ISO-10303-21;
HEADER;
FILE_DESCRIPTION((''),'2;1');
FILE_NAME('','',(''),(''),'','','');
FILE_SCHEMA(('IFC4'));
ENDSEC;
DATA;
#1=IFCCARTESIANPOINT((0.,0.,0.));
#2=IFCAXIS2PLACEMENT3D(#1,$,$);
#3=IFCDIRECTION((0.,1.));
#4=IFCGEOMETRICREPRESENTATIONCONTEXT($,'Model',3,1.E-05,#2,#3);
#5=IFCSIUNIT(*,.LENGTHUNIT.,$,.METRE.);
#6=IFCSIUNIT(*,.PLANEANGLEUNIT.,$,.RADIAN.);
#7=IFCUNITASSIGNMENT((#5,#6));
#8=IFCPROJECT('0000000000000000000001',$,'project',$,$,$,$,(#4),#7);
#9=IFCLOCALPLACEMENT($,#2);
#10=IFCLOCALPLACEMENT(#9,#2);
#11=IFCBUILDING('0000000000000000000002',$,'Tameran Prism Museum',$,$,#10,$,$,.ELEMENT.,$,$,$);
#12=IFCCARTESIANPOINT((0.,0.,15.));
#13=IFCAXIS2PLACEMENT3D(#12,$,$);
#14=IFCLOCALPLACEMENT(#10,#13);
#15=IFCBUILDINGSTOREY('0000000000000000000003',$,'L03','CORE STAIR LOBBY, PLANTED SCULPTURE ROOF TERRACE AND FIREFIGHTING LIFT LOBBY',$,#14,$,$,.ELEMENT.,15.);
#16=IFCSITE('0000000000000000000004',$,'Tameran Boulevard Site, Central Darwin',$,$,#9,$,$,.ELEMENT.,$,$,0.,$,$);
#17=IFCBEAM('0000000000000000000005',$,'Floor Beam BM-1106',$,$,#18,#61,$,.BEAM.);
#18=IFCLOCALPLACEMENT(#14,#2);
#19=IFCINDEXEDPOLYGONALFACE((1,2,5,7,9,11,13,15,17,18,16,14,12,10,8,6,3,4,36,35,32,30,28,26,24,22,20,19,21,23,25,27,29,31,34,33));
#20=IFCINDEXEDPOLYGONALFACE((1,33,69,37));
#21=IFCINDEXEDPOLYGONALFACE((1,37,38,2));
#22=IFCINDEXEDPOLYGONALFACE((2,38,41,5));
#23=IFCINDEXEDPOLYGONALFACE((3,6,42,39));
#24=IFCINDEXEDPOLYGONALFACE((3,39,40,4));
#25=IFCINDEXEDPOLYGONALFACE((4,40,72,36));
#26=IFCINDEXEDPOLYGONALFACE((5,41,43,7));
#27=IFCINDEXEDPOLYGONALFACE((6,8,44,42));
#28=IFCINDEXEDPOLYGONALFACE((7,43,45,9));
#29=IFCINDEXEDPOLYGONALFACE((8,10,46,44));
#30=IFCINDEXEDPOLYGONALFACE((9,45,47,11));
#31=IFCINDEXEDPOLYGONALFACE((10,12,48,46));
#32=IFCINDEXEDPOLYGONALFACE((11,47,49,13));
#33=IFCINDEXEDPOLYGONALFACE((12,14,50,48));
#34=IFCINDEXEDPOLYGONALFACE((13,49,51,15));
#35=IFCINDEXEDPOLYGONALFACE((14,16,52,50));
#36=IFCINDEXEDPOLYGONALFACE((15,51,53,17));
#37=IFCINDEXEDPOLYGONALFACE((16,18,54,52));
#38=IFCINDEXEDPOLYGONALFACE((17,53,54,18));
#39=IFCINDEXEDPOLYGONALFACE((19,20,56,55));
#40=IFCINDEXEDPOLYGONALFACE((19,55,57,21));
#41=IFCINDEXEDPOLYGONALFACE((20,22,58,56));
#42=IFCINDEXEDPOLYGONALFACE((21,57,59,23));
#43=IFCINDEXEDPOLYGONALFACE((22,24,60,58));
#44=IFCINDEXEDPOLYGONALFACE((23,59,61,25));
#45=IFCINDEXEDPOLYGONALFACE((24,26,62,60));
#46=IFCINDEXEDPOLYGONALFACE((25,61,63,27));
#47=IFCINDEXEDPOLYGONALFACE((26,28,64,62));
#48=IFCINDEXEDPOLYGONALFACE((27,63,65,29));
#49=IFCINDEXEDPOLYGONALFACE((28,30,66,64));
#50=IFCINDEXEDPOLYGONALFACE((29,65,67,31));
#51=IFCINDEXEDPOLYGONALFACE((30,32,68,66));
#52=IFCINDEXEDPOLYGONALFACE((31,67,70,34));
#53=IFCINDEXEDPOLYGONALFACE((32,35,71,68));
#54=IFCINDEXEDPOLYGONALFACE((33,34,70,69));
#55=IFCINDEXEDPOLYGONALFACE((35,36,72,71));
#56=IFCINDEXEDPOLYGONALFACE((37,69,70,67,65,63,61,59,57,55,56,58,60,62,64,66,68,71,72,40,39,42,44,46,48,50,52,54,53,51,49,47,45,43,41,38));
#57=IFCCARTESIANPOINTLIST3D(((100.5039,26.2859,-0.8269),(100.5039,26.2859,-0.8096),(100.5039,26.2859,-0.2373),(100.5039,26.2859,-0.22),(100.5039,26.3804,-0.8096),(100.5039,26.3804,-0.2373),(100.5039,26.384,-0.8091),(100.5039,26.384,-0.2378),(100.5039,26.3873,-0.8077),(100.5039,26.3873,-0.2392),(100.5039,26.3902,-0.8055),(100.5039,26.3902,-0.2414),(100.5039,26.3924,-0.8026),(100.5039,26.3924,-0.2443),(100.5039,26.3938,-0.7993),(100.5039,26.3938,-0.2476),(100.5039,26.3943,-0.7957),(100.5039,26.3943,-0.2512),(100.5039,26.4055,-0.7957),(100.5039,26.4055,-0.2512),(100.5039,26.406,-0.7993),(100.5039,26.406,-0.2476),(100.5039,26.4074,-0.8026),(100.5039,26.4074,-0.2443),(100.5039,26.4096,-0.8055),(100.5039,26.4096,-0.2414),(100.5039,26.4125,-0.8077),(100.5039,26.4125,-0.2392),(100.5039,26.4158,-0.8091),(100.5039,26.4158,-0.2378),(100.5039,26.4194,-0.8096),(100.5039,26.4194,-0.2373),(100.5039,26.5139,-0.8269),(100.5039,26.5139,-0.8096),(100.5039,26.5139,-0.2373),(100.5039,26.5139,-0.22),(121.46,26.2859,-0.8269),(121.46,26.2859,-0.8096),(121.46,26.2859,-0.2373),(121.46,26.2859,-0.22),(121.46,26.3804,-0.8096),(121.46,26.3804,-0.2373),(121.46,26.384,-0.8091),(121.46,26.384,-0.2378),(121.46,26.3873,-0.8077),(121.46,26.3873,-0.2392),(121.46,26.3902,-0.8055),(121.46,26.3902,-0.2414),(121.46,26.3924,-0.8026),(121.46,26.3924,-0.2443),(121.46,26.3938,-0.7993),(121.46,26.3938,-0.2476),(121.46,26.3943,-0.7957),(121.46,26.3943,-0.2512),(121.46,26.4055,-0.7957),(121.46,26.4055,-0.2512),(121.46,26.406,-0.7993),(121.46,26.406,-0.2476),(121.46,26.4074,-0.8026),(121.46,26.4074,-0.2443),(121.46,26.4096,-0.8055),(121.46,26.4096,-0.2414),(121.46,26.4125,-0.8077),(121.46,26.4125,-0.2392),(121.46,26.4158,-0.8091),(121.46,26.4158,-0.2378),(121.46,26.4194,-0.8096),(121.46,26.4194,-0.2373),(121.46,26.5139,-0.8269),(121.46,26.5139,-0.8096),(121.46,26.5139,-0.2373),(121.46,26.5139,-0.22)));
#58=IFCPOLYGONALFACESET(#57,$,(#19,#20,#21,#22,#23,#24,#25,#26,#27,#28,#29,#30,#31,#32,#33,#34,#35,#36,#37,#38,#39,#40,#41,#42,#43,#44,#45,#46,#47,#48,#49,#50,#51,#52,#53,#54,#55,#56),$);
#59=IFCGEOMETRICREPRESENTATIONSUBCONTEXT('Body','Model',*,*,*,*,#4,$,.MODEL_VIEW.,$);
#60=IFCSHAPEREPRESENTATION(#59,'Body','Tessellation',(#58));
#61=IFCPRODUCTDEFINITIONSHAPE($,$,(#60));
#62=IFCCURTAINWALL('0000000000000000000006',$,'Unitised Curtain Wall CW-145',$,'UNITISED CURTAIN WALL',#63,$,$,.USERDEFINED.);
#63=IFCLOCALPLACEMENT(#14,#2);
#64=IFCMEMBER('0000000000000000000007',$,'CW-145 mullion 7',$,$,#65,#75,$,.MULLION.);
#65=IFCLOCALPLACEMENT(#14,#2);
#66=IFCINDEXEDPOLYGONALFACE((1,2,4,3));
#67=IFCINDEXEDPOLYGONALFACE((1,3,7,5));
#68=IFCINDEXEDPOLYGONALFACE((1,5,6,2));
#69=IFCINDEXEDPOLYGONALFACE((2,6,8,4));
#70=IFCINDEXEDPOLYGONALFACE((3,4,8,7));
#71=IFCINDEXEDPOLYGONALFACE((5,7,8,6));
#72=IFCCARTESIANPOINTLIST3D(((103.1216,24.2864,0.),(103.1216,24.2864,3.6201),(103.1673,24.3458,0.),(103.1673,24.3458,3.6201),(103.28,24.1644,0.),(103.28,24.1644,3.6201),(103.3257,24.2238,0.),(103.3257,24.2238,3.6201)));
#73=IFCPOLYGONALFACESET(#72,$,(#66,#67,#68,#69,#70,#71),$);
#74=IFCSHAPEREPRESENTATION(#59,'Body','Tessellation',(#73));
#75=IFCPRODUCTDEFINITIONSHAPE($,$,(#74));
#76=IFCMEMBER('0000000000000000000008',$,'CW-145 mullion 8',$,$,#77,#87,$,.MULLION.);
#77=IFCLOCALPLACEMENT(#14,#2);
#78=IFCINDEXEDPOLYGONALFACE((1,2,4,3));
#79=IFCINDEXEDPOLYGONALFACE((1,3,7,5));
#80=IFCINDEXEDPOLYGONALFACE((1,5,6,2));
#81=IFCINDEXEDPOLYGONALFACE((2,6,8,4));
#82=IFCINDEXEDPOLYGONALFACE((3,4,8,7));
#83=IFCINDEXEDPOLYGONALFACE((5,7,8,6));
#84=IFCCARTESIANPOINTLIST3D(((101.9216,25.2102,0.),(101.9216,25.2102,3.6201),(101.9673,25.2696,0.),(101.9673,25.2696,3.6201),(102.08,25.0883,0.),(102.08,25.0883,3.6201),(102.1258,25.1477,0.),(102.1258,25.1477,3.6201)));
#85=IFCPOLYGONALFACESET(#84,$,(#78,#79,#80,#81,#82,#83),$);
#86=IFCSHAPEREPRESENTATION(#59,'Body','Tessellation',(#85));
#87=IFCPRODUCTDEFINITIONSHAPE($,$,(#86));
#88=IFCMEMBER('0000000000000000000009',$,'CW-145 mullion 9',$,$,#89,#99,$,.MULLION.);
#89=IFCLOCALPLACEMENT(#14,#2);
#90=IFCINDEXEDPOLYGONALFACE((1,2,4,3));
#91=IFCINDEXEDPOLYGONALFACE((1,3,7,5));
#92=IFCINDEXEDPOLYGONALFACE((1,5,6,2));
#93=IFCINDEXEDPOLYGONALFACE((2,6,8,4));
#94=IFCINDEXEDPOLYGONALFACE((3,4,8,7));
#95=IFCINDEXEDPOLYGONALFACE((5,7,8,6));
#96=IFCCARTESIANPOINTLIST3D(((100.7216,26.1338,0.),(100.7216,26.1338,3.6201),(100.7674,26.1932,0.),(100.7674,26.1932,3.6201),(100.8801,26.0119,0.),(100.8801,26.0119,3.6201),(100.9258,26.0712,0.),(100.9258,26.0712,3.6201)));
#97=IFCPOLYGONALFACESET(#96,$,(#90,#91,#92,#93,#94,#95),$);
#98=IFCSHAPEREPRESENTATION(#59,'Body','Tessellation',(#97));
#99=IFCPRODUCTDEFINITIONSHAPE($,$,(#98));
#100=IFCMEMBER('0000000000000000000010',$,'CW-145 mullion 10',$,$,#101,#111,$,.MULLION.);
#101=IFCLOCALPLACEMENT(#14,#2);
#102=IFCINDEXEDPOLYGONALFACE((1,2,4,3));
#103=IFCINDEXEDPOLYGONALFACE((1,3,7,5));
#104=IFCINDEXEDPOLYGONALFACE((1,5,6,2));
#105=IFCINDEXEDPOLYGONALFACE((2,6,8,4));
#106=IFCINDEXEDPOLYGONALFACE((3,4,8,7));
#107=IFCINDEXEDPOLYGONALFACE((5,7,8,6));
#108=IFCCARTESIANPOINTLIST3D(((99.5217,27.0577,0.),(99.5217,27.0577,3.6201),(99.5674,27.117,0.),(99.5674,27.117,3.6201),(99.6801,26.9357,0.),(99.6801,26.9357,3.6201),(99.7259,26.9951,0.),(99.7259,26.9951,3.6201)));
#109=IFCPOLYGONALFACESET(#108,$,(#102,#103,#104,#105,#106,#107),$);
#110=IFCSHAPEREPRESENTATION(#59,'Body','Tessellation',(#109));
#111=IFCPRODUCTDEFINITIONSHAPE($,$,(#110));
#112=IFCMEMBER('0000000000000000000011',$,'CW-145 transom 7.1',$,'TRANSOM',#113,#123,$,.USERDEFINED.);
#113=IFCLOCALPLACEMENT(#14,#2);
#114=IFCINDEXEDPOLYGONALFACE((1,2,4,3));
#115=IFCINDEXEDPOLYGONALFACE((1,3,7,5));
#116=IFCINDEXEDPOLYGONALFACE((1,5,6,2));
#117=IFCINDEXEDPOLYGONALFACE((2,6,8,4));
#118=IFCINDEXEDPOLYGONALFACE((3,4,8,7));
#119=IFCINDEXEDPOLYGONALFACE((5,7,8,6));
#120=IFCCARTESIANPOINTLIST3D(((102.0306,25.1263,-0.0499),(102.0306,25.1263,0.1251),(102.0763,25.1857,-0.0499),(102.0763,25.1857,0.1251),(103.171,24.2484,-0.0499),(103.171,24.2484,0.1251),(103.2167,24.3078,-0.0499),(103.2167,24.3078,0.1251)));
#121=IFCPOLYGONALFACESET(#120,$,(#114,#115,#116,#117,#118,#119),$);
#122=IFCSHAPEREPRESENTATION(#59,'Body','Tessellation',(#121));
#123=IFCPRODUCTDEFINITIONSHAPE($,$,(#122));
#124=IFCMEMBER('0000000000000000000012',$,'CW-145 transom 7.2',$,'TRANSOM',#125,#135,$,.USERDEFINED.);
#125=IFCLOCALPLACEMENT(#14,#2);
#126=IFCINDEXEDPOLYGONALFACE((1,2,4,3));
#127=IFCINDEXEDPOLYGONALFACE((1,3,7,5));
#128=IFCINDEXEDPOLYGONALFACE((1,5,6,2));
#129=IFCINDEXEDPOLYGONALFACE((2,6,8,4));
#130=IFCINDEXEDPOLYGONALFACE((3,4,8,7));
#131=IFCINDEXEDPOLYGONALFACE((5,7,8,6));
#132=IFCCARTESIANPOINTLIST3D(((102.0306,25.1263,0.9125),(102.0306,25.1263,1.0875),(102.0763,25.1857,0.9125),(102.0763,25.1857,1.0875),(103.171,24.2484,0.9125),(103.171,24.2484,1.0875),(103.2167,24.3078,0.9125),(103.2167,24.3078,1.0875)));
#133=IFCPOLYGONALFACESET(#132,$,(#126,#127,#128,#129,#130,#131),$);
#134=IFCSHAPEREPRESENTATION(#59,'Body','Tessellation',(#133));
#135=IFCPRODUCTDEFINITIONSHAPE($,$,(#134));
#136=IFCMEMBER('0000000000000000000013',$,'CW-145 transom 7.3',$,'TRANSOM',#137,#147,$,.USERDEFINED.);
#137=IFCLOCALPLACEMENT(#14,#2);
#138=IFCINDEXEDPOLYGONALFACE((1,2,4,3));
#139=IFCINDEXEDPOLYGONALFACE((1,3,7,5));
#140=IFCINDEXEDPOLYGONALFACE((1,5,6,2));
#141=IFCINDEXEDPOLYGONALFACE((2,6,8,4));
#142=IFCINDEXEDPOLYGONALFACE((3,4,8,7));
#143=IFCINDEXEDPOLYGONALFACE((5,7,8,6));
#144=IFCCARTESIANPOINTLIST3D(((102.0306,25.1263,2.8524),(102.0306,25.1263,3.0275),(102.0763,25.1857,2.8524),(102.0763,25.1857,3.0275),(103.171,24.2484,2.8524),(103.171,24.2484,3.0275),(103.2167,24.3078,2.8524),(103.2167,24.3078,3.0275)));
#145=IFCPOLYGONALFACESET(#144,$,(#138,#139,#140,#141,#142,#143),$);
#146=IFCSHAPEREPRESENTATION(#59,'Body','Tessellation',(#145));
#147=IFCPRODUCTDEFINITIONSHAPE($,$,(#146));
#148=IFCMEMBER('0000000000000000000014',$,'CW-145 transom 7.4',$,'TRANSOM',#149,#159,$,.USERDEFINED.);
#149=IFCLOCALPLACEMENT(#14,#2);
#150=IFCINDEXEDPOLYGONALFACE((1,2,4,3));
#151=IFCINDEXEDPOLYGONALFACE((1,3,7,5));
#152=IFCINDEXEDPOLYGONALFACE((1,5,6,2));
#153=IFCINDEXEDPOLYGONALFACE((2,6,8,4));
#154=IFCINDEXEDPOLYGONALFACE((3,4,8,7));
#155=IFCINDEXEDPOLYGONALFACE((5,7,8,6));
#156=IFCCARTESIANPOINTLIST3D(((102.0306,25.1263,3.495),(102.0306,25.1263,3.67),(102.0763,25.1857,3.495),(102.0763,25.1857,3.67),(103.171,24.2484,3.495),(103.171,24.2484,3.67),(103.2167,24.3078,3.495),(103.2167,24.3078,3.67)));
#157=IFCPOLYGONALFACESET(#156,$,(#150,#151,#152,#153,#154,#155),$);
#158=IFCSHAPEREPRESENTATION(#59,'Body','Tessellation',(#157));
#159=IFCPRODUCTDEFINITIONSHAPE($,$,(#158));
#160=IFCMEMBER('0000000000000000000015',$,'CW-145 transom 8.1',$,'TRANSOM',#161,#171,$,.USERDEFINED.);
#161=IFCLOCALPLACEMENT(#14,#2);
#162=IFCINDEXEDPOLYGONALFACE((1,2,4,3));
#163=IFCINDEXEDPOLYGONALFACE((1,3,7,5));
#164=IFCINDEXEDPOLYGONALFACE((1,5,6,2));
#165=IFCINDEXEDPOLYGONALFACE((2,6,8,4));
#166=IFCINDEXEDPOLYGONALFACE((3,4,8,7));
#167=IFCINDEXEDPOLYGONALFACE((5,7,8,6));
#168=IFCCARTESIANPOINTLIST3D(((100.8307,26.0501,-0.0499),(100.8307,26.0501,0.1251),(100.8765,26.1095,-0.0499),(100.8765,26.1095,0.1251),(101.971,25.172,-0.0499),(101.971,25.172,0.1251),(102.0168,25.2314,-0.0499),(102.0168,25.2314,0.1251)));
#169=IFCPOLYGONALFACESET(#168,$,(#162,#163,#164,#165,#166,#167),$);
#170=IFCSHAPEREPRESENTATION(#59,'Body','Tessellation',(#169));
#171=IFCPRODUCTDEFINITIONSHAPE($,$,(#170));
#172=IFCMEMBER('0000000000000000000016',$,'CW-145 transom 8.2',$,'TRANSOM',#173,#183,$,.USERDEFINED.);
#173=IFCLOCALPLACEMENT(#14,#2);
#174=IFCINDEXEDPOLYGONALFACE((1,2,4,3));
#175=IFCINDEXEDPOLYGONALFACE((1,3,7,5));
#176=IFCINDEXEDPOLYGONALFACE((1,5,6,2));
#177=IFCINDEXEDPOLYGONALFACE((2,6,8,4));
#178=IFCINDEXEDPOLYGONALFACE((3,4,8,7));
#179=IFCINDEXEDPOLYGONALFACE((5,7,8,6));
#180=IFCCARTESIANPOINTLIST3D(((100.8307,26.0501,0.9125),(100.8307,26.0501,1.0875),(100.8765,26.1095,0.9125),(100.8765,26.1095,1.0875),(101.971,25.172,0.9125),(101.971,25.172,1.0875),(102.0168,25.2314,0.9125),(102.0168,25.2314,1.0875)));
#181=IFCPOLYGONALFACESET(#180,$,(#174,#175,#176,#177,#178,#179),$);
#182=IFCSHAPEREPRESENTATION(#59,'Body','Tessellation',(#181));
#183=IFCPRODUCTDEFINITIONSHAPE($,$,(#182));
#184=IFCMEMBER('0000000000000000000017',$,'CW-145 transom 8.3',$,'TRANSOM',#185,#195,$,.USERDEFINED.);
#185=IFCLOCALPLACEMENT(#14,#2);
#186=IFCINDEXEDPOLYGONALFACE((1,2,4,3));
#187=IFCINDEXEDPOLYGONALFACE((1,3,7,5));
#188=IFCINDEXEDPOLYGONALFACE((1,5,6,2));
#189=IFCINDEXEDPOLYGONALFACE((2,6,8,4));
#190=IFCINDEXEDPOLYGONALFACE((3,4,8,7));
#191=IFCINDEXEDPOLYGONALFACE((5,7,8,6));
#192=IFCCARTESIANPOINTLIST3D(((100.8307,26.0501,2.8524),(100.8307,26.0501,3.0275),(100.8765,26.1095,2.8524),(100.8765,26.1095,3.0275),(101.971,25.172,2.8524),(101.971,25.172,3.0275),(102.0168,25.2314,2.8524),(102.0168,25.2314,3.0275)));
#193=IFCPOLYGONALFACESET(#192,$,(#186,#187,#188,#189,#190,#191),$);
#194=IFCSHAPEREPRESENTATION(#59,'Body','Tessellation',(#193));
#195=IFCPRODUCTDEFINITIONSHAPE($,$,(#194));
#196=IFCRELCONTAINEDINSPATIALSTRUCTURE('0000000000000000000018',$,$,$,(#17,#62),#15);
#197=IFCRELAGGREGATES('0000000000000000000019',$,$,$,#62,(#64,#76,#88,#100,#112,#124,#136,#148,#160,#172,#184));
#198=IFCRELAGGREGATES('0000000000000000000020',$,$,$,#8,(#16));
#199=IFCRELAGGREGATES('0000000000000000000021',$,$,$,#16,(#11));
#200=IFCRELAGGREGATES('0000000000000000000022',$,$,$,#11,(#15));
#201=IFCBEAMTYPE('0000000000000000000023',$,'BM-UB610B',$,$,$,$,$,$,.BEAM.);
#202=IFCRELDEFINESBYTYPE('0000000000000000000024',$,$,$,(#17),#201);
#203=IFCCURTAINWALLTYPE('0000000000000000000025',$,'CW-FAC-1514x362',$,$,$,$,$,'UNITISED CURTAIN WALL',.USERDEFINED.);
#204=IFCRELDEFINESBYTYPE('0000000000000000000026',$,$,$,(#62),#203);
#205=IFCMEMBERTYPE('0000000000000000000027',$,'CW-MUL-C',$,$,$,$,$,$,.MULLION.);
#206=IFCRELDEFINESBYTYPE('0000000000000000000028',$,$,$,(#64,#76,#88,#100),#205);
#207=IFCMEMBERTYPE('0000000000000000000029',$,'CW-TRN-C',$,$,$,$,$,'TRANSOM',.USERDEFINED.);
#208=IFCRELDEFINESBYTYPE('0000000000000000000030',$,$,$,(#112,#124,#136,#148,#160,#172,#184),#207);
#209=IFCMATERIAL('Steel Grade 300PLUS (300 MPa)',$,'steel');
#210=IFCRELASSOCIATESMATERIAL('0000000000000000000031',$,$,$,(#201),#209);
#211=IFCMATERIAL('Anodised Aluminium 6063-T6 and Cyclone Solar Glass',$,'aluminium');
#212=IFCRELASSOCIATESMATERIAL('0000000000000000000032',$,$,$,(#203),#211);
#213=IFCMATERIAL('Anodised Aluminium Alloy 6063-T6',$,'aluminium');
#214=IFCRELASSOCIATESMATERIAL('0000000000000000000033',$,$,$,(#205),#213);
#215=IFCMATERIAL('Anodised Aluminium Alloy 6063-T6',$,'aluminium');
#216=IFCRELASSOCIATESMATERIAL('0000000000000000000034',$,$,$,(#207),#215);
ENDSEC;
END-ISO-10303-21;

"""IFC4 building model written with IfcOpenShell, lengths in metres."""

from ifc_helpers import new_model, si_unit, direction, frame, origin, origin_2d, place, context, subcontext, project, spatial, rectangle, i_section, extrude, material, material_profile, profile_set, type_object, element, aggregate, save


model = new_model("IFC4")

# Units and contexts
model_context = context("Model", 3, precision=1e-05, world=origin(), true_north=direction((0.0, 1.0)))
body_context = subcontext(model_context, "Body", "Model", "MODEL_VIEW")
ifc_project = project(units=[si_unit("LENGTHUNIT", "METRE"), si_unit("PLANEANGLEUNIT", "RADIAN")], contexts=[model_context])

# Site, building, storey
site_placement = place(None, origin())
site = spatial("IfcSite", under=ifc_project, at=site_placement, Name="Tameran Boulevard Site, Central Darwin", CompositionType="ELEMENT", RefElevation=0.0)
building_placement = place(site_placement, origin())
building = spatial("IfcBuilding", under=site, at=building_placement, Name="Tameran Prism Museum", CompositionType="ELEMENT")
storey_placement = place(building_placement, frame((0.0, 0.0, 15.0)))
storey = spatial("IfcBuildingStorey", under=building, at=storey_placement, Name="L03", Description="CORE STAIR LOBBY, PLANTED SCULPTURE ROOF TERRACE AND FIREFIGHTING LIFT LOBBY", CompositionType="ELEMENT", Elevation=15.0)

# Beam
ifc_material_1 = material(Name="Steel Grade 300PLUS (300 MPa)", Category="steel")
ifc_material_profile_1 = material_profile(ifc_material_1, i_section(OverallWidth=0.228, OverallDepth=0.6069, WebThickness=0.0112, FlangeThickness=0.0173, FilletRadius=0.0139, at=origin_2d()))
ifc_profile_set_1 = profile_set([ifc_material_profile_1])
beam_type = type_object("IfcBeamType", Name="BM-UB610B", PredefinedType="BEAM", material=ifc_profile_set_1)
beam_placement = place(storey_placement, frame((100.5039, 26.3999, -0.5234), z_axis=(1.0, 0.0, 0.0), x_axis=(0.0, 1.0, 0.0)))
element("IfcBeam", 1, at=beam_placement, inside=storey, type_object=beam_type, Name="Floor Beam BM-1106", PredefinedType="BEAM", context=body_context, shape_type="SweptSolid", body=[
    extrude(i_section(OverallWidth=0.228, OverallDepth=0.6069, WebThickness=0.0112, FlangeThickness=0.0173, FilletRadius=0.0139, at=origin_2d()), origin(), (0.0, 0.0, 1.0), 20.9561),
])

# Curtain wall, members
ifc_material_2 = material(Name="Anodised Aluminium 6063-T6 and Cyclone Solar Glass", Category="aluminium")
curtain_wall_type_1 = type_object("IfcCurtainWallType", Name="CW-FAC-1514x362", ElementType="UNITISED CURTAIN WALL", PredefinedType="USERDEFINED", material=ifc_material_2)
curtain_wall_1_placement = place(storey_placement, origin())
curtain_wall_1 = element("IfcCurtainWall", 2, at=curtain_wall_1_placement, inside=storey, type_object=curtain_wall_type_1, Name="Unitised Curtain Wall CW-145", ObjectType="UNITISED CURTAIN WALL", PredefinedType="USERDEFINED")
ifc_material_3 = material(Name="Anodised Aluminium Alloy 6063-T6", Category="aluminium")
ifc_material_profile_2 = material_profile(ifc_material_3, rectangle(XDim=0.075, YDim=0.2, at=origin_2d()))
ifc_profile_set_2 = profile_set([ifc_material_profile_2])
member_type_1 = type_object("IfcMemberType", Name="CW-MUL-C", PredefinedType="MULLION", material=ifc_profile_set_2)
member_1_placement = place(storey_placement, frame((103.2236, 24.2551, 0.0), z_axis=(0.0, 0.0, 1.0), x_axis=(-0.610001, -0.792401, 0.0)))
member_1 = element("IfcMember", 3, at=member_1_placement, type_object=member_type_1, Name="CW-145 mullion 7", PredefinedType="MULLION", context=body_context, shape_type="SweptSolid", body=[
    extrude(rectangle(XDim=0.075, YDim=0.2, at=origin_2d()), origin(), (0.0, 0.0, 1.0), 3.6201),
])
member_2_placement = place(storey_placement, frame((102.0237, 25.179, 0.0), z_axis=(0.0, 0.0, 1.0), x_axis=(-0.610001, -0.792401, 0.0)))
member_2 = element("IfcMember", 4, at=member_2_placement, type_object=member_type_1, Name="CW-145 mullion 8", PredefinedType="MULLION", context=body_context, shape_type="SweptSolid", body=[
    extrude(rectangle(XDim=0.075, YDim=0.2, at=origin_2d()), origin(), (0.0, 0.0, 1.0), 3.6201),
])
member_3_placement = place(storey_placement, frame((100.8237, 26.1025, 0.0), z_axis=(0.0, 0.0, 1.0), x_axis=(-0.610001, -0.792401, 0.0)))
member_3 = element("IfcMember", 5, at=member_3_placement, type_object=member_type_1, Name="CW-145 mullion 9", PredefinedType="MULLION", context=body_context, shape_type="SweptSolid", body=[
    extrude(rectangle(XDim=0.075, YDim=0.2, at=origin_2d()), origin(), (0.0, 0.0, 1.0), 3.6201),
])
member_4_placement = place(storey_placement, frame((99.6238, 27.0264, 0.0), z_axis=(0.0, 0.0, 1.0), x_axis=(-0.610001, -0.792401, 0.0)))
member_4 = element("IfcMember", 6, at=member_4_placement, type_object=member_type_1, Name="CW-145 mullion 10", PredefinedType="MULLION", context=body_context, shape_type="SweptSolid", body=[
    extrude(rectangle(XDim=0.075, YDim=0.2, at=origin_2d()), origin(), (0.0, 0.0, 1.0), 3.6201),
])
ifc_material_4 = material(Name="Anodised Aluminium Alloy 6063-T6", Category="aluminium")
ifc_material_profile_3 = material_profile(ifc_material_4, rectangle(XDim=0.075, YDim=0.175, at=origin_2d()))
ifc_profile_set_3 = profile_set([ifc_material_profile_3])
member_type_2 = type_object("IfcMemberType", Name="CW-TRN-C", ElementType="TRANSOM", PredefinedType="USERDEFINED", material=ifc_profile_set_3)
member_5_placement = place(storey_placement, frame((103.1938, 24.2781, 0.0376), z_axis=(-0.792384, 0.610022, 0.0), x_axis=(-0.610022, -0.792384, 0.0)))
member_5 = element("IfcMember", 7, at=member_5_placement, type_object=member_type_2, Name="CW-145 transom 7.1", ObjectType="TRANSOM", PredefinedType="USERDEFINED", context=body_context, shape_type="SweptSolid", body=[
    extrude(rectangle(XDim=0.075, YDim=0.175, at=origin_2d()), origin(), (0.0, 0.0, 1.0), 1.4392),
])
member_6_placement = place(storey_placement, frame((103.1938, 24.2781, 1.0), z_axis=(-0.792384, 0.610022, 0.0), x_axis=(-0.610022, -0.792384, 0.0)))
member_6 = element("IfcMember", 8, at=member_6_placement, type_object=member_type_2, Name="CW-145 transom 7.2", ObjectType="TRANSOM", PredefinedType="USERDEFINED", context=body_context, shape_type="SweptSolid", body=[
    extrude(rectangle(XDim=0.075, YDim=0.175, at=origin_2d()), origin(), (0.0, 0.0, 1.0), 1.4392),
])
member_7_placement = place(storey_placement, frame((103.1938, 24.2781, 2.9399), z_axis=(-0.792384, 0.610022, 0.0), x_axis=(-0.610022, -0.792384, 0.0)))
member_7 = element("IfcMember", 9, at=member_7_placement, type_object=member_type_2, Name="CW-145 transom 7.3", ObjectType="TRANSOM", PredefinedType="USERDEFINED", context=body_context, shape_type="SweptSolid", body=[
    extrude(rectangle(XDim=0.075, YDim=0.175, at=origin_2d()), origin(), (0.0, 0.0, 1.0), 1.4392),
])
member_8_placement = place(storey_placement, frame((103.1938, 24.2781, 3.5825), z_axis=(-0.792384, 0.610022, 0.0), x_axis=(-0.610022, -0.792384, 0.0)))
member_8 = element("IfcMember", 10, at=member_8_placement, type_object=member_type_2, Name="CW-145 transom 7.4", ObjectType="TRANSOM", PredefinedType="USERDEFINED", context=body_context, shape_type="SweptSolid", body=[
    extrude(rectangle(XDim=0.075, YDim=0.175, at=origin_2d()), origin(), (0.0, 0.0, 1.0), 1.4392),
])
member_9_placement = place(storey_placement, frame((101.9939, 25.2017, 0.0376), z_axis=(-0.792302, 0.610129, 0.0), x_axis=(-0.610129, -0.792302, 0.0)))
member_9 = element("IfcMember", 11, at=member_9_placement, type_object=member_type_2, Name="CW-145 transom 8.1", ObjectType="TRANSOM", PredefinedType="USERDEFINED", context=body_context, shape_type="SweptSolid", body=[
    extrude(rectangle(XDim=0.075, YDim=0.175, at=origin_2d()), origin(), (0.0, 0.0, 1.0), 1.4392),
])
member_10_placement = place(storey_placement, frame((101.9939, 25.2017, 1.0), z_axis=(-0.792302, 0.610129, 0.0), x_axis=(-0.610129, -0.792302, 0.0)))
member_10 = element("IfcMember", 12, at=member_10_placement, type_object=member_type_2, Name="CW-145 transom 8.2", ObjectType="TRANSOM", PredefinedType="USERDEFINED", context=body_context, shape_type="SweptSolid", body=[
    extrude(rectangle(XDim=0.075, YDim=0.175, at=origin_2d()), origin(), (0.0, 0.0, 1.0), 1.4392),
])
member_11_placement = place(storey_placement, frame((101.9939, 25.2017, 2.9399), z_axis=(-0.792302, 0.610129, 0.0), x_axis=(-0.610129, -0.792302, 0.0)))
member_11 = element("IfcMember", 13, at=member_11_placement, type_object=member_type_2, Name="CW-145 transom 8.3", ObjectType="TRANSOM", PredefinedType="USERDEFINED", context=body_context, shape_type="SweptSolid", body=[
    extrude(rectangle(XDim=0.075, YDim=0.175, at=origin_2d()), origin(), (0.0, 0.0, 1.0), 1.4392),
])
aggregate(curtain_wall_1, [member_1, member_2, member_3, member_4, member_5, member_6, member_7, member_8, member_9, member_10, member_11])

save(model, "model.ifc")
